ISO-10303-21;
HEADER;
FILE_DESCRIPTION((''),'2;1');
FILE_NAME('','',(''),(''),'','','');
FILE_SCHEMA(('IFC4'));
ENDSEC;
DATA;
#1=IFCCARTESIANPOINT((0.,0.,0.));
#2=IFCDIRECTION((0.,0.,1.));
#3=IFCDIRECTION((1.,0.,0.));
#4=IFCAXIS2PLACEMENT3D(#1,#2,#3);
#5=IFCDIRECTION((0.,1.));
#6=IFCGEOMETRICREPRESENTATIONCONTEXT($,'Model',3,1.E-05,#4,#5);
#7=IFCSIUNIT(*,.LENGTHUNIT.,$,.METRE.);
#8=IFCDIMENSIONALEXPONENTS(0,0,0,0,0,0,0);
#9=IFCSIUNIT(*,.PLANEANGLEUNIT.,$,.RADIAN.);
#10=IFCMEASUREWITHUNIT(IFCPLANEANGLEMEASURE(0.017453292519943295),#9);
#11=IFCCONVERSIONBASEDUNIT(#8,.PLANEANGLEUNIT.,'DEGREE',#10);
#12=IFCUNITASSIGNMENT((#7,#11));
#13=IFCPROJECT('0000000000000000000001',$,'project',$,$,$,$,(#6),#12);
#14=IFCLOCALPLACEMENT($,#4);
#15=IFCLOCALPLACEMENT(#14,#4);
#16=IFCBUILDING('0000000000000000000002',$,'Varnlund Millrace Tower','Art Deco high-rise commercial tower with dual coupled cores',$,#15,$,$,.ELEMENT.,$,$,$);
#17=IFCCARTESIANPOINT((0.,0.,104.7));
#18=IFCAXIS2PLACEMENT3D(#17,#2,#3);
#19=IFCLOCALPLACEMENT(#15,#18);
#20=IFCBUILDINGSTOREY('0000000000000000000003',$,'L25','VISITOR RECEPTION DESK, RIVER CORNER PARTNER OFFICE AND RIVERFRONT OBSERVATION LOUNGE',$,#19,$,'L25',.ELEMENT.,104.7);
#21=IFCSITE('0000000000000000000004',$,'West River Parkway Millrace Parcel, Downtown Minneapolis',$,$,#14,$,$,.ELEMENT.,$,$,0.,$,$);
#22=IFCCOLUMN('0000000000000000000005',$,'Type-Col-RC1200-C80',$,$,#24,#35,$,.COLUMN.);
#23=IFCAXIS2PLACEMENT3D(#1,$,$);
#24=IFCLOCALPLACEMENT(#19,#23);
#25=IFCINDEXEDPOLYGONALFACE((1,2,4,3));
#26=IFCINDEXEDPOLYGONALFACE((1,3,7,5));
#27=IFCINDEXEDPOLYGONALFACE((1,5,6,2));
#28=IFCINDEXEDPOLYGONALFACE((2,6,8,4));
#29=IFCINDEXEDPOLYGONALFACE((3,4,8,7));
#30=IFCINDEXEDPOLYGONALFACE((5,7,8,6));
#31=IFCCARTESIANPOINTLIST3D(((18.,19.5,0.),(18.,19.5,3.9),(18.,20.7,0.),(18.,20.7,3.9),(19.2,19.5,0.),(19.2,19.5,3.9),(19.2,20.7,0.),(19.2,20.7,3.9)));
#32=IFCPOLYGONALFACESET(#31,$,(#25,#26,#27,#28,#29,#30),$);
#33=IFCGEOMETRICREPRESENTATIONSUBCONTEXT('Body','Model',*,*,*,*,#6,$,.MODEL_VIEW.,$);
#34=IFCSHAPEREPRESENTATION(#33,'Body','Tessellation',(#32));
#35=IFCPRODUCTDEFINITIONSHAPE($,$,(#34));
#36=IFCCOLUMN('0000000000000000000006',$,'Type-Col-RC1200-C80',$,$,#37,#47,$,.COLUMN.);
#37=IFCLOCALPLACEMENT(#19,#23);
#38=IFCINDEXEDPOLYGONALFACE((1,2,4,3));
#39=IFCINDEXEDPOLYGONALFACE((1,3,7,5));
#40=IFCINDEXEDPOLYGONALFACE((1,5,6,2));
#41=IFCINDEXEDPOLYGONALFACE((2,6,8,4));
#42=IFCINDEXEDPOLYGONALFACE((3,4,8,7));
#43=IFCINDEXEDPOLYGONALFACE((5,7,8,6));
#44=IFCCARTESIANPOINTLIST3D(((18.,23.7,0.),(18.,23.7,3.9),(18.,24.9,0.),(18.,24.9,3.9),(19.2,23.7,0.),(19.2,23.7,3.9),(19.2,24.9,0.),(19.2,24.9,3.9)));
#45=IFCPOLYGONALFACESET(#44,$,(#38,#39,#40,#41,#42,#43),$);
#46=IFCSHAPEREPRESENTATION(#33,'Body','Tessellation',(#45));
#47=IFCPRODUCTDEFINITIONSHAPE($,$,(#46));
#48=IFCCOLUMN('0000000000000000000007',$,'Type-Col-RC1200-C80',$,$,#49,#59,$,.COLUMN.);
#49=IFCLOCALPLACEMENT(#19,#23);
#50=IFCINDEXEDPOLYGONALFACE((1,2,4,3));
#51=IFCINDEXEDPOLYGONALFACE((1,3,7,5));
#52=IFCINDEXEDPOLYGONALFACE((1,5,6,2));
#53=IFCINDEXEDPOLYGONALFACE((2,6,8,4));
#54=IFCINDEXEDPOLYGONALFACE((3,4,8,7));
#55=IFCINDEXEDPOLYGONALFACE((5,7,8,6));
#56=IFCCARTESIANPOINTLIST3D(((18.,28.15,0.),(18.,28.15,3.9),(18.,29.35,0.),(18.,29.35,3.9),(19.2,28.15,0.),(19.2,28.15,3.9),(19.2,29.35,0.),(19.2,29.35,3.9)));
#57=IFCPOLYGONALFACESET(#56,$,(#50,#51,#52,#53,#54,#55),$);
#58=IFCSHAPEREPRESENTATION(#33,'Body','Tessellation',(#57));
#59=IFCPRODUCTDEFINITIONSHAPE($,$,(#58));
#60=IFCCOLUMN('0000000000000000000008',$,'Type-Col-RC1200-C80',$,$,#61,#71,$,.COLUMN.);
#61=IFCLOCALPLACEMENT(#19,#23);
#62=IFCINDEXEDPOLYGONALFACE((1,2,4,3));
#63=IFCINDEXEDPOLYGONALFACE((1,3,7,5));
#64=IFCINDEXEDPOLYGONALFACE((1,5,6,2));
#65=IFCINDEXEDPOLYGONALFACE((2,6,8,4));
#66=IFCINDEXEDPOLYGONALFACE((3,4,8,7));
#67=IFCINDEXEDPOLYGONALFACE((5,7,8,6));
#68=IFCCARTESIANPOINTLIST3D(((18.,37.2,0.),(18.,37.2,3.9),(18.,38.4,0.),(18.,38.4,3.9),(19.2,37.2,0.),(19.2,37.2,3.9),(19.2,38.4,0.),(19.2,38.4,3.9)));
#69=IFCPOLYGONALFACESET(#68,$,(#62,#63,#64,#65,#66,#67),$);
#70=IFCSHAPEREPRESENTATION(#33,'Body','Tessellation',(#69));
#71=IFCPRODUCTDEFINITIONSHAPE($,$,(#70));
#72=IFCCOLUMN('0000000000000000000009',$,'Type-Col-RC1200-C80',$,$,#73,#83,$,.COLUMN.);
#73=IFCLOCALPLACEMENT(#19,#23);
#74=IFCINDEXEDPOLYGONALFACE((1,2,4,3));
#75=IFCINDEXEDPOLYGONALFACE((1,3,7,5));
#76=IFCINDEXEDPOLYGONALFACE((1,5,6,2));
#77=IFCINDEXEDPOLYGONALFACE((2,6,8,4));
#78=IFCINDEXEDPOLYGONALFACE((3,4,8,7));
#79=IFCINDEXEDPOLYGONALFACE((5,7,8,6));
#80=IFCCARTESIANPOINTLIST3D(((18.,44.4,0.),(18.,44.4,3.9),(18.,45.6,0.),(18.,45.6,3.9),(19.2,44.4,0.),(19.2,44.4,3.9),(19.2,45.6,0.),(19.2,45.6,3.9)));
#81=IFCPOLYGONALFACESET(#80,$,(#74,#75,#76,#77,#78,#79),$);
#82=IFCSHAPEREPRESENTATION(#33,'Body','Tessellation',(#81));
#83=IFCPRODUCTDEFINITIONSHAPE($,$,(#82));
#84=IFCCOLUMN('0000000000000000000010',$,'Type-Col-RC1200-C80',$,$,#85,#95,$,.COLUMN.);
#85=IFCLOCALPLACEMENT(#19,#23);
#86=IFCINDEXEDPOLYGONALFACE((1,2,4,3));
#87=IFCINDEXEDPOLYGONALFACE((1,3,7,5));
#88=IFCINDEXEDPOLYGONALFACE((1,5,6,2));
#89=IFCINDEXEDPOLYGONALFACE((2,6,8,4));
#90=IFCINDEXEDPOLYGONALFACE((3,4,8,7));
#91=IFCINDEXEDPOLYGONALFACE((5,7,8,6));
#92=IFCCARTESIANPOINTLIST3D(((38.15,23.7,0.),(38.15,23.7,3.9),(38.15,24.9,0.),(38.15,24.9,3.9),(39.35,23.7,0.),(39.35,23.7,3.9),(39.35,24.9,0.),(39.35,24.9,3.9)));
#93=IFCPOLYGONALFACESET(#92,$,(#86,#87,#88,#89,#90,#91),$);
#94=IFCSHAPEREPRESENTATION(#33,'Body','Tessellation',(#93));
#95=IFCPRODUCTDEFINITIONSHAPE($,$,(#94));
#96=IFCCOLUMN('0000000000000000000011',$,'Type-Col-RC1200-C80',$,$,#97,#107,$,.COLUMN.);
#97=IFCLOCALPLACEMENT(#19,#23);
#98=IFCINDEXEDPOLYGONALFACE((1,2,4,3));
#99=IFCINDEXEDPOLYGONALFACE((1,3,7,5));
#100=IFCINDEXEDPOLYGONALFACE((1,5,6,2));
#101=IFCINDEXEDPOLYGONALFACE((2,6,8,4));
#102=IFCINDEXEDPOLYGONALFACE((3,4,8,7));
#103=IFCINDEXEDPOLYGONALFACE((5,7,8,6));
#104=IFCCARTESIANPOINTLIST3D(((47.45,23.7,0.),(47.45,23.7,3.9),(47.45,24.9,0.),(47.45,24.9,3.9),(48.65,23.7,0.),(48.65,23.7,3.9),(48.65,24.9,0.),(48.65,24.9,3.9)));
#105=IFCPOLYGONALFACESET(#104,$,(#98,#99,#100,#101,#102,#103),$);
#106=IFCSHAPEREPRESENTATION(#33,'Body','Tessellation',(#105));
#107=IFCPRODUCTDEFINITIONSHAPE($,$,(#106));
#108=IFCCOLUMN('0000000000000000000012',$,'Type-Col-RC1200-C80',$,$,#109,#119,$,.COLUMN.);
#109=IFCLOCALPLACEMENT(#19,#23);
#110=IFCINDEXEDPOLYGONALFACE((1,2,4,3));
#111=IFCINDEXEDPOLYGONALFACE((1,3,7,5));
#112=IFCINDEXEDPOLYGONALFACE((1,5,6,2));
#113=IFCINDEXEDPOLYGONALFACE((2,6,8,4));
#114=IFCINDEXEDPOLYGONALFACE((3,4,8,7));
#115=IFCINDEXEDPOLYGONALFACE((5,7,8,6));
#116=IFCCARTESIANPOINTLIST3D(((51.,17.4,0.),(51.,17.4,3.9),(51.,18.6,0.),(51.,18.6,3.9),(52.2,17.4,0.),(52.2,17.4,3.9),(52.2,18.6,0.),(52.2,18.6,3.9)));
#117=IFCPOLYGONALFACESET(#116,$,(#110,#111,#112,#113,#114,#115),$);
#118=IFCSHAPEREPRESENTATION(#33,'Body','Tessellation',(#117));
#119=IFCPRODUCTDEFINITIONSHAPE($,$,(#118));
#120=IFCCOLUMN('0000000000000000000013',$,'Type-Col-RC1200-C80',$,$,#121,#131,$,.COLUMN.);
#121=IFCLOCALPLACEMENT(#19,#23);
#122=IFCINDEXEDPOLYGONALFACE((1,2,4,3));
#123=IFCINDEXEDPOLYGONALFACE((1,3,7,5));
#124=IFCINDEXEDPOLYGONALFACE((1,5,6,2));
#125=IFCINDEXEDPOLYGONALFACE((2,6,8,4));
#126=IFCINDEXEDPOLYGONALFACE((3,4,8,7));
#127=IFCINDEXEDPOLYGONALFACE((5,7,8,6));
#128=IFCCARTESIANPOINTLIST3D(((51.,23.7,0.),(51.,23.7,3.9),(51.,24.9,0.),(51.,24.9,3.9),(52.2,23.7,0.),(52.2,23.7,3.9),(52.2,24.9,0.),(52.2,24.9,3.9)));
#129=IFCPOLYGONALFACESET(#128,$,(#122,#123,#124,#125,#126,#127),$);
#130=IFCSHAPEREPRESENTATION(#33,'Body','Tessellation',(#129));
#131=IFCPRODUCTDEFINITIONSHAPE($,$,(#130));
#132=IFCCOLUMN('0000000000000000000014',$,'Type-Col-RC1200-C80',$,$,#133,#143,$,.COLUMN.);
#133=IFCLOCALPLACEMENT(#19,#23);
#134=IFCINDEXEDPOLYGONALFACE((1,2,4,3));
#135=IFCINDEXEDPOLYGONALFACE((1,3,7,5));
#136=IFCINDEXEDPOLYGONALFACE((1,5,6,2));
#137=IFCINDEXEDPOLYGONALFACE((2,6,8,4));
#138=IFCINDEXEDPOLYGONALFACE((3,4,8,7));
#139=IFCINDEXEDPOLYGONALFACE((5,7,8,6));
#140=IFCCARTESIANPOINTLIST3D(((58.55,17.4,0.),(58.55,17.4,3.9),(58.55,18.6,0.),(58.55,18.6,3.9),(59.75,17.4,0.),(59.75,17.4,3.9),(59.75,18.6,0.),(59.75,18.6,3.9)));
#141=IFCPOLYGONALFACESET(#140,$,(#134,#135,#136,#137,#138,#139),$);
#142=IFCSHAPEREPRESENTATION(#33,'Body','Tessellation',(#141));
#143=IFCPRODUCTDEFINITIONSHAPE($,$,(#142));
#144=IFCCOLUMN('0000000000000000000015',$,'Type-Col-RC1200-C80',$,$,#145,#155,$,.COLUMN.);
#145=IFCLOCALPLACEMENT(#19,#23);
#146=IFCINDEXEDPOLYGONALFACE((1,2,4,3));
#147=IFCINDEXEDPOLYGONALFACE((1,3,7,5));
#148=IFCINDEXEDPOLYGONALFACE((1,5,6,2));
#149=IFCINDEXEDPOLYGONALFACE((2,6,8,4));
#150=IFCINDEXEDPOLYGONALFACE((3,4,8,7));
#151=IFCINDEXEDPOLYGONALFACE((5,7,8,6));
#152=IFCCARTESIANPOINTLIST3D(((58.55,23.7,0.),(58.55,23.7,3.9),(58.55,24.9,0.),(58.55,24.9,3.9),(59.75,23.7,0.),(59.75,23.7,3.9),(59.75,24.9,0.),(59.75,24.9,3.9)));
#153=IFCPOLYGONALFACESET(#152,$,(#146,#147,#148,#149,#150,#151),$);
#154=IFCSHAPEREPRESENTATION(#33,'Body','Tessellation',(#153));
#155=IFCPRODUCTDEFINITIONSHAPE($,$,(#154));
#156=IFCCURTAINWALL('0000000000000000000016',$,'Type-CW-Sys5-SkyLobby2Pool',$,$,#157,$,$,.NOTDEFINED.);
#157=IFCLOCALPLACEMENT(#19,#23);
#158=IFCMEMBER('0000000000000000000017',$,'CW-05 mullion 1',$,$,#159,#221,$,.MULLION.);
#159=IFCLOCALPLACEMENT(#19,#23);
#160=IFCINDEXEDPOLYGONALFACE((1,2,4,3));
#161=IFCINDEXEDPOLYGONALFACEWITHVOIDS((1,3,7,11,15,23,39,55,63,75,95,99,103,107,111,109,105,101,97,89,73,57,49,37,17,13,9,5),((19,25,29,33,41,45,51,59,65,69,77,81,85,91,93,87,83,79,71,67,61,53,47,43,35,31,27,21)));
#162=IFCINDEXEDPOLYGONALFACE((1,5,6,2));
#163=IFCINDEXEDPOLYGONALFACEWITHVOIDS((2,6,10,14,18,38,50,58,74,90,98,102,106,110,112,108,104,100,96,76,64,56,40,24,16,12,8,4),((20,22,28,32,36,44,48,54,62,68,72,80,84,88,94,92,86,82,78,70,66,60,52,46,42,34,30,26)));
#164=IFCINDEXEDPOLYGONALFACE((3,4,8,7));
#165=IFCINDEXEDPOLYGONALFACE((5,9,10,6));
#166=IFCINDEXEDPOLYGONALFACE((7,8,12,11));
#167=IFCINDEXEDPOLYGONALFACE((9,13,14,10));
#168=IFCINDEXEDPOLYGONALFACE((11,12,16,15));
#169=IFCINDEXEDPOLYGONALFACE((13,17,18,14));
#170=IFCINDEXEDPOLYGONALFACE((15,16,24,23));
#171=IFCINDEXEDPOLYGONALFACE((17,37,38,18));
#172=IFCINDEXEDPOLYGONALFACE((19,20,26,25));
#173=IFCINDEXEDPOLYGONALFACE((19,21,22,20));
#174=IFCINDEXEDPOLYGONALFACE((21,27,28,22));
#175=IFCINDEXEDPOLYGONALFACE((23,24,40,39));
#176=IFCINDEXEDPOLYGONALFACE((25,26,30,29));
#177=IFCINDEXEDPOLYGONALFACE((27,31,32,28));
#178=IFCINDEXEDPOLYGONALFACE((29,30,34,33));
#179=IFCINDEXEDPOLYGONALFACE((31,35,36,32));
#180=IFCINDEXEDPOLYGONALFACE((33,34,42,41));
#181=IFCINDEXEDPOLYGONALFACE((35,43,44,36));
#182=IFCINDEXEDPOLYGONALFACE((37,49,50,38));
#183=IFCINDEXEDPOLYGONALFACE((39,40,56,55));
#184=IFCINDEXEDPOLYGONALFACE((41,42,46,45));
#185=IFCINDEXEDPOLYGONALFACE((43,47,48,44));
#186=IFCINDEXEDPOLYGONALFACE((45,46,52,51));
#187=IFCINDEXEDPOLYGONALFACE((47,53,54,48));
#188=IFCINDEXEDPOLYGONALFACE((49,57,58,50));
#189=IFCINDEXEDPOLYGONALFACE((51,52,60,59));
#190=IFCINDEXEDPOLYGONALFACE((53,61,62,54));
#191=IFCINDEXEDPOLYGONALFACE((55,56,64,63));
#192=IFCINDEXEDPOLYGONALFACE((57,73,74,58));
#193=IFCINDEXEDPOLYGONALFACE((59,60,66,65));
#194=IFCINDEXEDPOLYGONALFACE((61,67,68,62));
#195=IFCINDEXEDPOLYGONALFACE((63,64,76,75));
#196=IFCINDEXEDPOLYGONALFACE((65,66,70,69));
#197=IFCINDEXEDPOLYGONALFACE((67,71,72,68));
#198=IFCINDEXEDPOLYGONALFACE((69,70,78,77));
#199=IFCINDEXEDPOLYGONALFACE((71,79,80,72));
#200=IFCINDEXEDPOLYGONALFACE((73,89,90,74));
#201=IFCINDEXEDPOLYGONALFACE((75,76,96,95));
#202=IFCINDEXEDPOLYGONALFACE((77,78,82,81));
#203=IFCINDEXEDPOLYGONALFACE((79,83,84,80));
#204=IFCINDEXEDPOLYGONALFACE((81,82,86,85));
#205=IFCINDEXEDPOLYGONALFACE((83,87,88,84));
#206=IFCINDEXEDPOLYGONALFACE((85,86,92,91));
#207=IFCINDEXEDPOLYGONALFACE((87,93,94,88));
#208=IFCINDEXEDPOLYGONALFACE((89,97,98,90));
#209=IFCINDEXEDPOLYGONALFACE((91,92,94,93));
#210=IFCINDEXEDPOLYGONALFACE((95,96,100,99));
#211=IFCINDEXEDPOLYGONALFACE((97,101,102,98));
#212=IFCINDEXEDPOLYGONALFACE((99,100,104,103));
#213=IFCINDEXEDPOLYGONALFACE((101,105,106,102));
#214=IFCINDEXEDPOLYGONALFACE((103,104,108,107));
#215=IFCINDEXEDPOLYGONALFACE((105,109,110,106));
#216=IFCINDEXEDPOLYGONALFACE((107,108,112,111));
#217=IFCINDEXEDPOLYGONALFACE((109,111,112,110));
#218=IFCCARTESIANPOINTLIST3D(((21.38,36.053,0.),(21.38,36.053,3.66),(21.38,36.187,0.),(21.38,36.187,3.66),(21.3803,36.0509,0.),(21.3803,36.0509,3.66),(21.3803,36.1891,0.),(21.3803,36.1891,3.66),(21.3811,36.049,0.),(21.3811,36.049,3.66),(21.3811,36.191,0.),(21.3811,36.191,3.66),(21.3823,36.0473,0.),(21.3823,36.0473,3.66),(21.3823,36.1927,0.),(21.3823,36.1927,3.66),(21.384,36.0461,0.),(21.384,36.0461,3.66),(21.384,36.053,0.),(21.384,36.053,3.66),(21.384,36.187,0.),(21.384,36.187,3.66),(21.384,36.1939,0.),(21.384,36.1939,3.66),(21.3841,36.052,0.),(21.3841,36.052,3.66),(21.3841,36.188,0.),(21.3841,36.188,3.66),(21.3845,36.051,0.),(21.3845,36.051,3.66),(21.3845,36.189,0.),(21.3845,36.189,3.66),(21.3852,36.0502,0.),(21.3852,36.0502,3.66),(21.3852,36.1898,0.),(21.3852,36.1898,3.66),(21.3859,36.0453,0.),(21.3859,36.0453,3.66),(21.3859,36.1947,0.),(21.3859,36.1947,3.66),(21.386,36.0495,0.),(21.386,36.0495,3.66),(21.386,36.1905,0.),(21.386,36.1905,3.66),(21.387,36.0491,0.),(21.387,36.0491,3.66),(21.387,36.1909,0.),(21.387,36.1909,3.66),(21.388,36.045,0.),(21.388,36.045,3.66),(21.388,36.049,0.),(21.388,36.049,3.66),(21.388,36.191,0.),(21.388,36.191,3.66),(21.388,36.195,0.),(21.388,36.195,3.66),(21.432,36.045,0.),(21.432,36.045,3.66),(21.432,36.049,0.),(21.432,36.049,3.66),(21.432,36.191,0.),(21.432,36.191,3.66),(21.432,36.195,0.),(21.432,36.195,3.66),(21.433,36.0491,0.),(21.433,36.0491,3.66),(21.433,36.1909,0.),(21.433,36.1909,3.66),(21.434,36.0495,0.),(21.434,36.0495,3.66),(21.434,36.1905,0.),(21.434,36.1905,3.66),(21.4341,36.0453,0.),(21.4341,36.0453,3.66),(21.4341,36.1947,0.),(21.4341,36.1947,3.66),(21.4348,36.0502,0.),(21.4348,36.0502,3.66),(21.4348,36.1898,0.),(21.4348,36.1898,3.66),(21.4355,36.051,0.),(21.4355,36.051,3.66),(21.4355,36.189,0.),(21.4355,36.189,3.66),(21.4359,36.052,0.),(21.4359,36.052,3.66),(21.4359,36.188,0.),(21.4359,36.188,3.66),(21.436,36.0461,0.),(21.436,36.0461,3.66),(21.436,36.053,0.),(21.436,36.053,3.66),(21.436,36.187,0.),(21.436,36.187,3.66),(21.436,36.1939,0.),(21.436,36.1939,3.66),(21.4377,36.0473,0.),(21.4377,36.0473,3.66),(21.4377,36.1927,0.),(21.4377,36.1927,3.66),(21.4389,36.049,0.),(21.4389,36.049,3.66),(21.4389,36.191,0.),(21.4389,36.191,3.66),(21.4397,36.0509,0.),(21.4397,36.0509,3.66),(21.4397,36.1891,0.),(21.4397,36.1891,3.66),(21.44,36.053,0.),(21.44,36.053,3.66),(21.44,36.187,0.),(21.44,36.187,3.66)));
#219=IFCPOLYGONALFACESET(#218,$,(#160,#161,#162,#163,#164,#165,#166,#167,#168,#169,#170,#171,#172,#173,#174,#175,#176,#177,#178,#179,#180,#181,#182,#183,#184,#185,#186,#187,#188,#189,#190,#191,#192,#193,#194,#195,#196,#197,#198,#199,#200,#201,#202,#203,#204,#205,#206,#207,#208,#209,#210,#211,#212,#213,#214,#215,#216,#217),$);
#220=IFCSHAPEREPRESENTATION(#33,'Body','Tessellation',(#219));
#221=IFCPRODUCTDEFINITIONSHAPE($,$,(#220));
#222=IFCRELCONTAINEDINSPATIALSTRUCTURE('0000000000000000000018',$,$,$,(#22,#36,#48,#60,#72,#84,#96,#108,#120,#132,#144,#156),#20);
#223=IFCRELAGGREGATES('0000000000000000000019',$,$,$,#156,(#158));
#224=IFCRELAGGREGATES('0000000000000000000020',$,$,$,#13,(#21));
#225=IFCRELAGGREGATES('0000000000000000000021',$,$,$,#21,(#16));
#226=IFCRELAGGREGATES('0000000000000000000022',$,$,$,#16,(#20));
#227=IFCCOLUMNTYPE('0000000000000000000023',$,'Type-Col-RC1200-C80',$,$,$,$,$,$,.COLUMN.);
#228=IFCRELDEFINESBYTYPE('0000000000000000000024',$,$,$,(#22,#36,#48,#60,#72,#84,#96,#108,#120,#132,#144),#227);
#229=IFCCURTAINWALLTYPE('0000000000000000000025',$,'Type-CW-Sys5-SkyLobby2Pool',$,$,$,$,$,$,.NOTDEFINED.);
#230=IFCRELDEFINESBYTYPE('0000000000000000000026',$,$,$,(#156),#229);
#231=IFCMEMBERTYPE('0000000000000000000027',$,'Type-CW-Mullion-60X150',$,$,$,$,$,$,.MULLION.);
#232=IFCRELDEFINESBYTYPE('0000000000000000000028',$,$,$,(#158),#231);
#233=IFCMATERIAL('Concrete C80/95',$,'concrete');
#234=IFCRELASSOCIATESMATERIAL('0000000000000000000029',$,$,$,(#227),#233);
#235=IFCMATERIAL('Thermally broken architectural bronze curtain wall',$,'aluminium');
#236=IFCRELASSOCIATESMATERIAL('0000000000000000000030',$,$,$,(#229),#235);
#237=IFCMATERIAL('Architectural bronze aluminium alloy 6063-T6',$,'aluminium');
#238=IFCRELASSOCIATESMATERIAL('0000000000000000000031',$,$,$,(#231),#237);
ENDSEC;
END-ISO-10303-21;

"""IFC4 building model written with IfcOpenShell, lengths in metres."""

from ifc_helpers import new_model, entity, si_unit, converted_unit, direction, frame, origin_with_axes, origin_2d_with_axis, place, context, subcontext, project, spatial, rectangle, hollow_rectangle, extrude, material, material_profile, profile_set, type_object, element, aggregate, save


model = new_model("IFC4")

# Units and contexts
model_context = context("Model", 3, precision=1e-05, world=origin_with_axes(), true_north=direction((0.0, 1.0)))
body_context = subcontext(model_context, "Body", "Model", "MODEL_VIEW")
ifc_project = project(units=[si_unit("LENGTHUNIT", "METRE"), converted_unit("PLANEANGLEUNIT", "DEGREE", entity("IfcPlaneAngleMeasure", 0.017453292519943295), si_unit("PLANEANGLEUNIT", "RADIAN"), dimensions=[0, 0, 0, 0, 0, 0, 0])], contexts=[model_context])

# Site, building, storey
site_placement = place(None, origin_with_axes())
site = spatial("IfcSite", under=ifc_project, at=site_placement, Name="West River Parkway Millrace Parcel, Downtown Minneapolis", CompositionType="ELEMENT", RefElevation=0.0)
building_placement = place(site_placement, origin_with_axes())
building = spatial("IfcBuilding", under=site, at=building_placement, Name="Varnlund Millrace Tower", Description="Art Deco high-rise commercial tower with dual coupled cores", CompositionType="ELEMENT")
storey_placement = place(building_placement, frame((0.0, 0.0, 104.7), z_axis=(0.0, 0.0, 1.0), x_axis=(1.0, 0.0, 0.0)))
storey = spatial("IfcBuildingStorey", under=building, at=storey_placement, Name="L25", Description="VISITOR RECEPTION DESK, RIVER CORNER PARTNER OFFICE AND RIVERFRONT OBSERVATION LOUNGE", LongName="L25", CompositionType="ELEMENT", Elevation=104.7)

# Columns
ifc_material_1 = material(Name="Concrete C80/95", Category="concrete")
ifc_material_profile_1 = material_profile(ifc_material_1, rectangle(XDim=1.2, YDim=1.2, at=origin_2d_with_axis()), Name="Concrete C80/95")
ifc_profile_set_1 = profile_set([ifc_material_profile_1], Name="Concrete C80/95")
column_type = type_object("IfcColumnType", Name="Type-Col-RC1200-C80", PredefinedType="COLUMN", material=ifc_profile_set_1)
for number, where, z_axis, x_axis, name in (
    (1, (18.6, 20.1, 0.0), (0.0, 0.0, 1.0), (1.0, 0.0, 0.0), "Type-Col-RC1200-C80"),
    (2, (18.6, 24.3, 0.0), (0.0, 0.0, 1.0), (1.0, 0.0, 0.0), "Type-Col-RC1200-C80"),
    (3, (18.6, 28.75, 0.0), (0.0, 0.0, 1.0), (1.0, 0.0, 0.0), "Type-Col-RC1200-C80"),
    (4, (18.6, 37.8, 0.0), (0.0, 0.0, 1.0), (1.0, 0.0, 0.0), "Type-Col-RC1200-C80"),
    (5, (18.6, 45.0, 0.0), (0.0, 0.0, 1.0), (1.0, 0.0, 0.0), "Type-Col-RC1200-C80"),
    (6, (38.75, 24.3, 0.0), (0.0, 0.0, 1.0), (1.0, 0.0, 0.0), "Type-Col-RC1200-C80"),
    (7, (48.05, 24.3, 0.0), (0.0, 0.0, 1.0), (1.0, 0.0, 0.0), "Type-Col-RC1200-C80"),
    (8, (51.6, 18.0, 0.0), (0.0, 0.0, 1.0), (1.0, 0.0, 0.0), "Type-Col-RC1200-C80"),
    (9, (51.6, 24.3, 0.0), (0.0, 0.0, 1.0), (1.0, 0.0, 0.0), "Type-Col-RC1200-C80"),
    (10, (59.15, 18.0, 0.0), (0.0, 0.0, 1.0), (1.0, 0.0, 0.0), "Type-Col-RC1200-C80"),
    (11, (59.15, 24.3, 0.0), (0.0, 0.0, 1.0), (1.0, 0.0, 0.0), "Type-Col-RC1200-C80"),
):
    element("IfcColumn", number, at=place(storey_placement, frame(where, z_axis=z_axis, x_axis=x_axis)), inside=storey, type_object=column_type, Name=name, PredefinedType="COLUMN", context=body_context, shape_type="SweptSolid", body=[
        extrude(rectangle(XDim=1.2, YDim=1.2, at=origin_2d_with_axis()), origin_with_axes(), (0.0, 0.0, 1.0), 3.9),
    ])

# Curtain wall, member
ifc_material_2 = material(Name="Thermally broken architectural bronze curtain wall", Category="aluminium")
curtain_wall_type = type_object("IfcCurtainWallType", Name="Type-CW-Sys5-SkyLobby2Pool", PredefinedType="NOTDEFINED", material=ifc_material_2)
curtain_wall_placement = place(storey_placement, frame((21.41, 36.15, 0.0), z_axis=(0.0, 0.0, 1.0), x_axis=(1.0, 0.0, 0.0)))
curtain_wall = element("IfcCurtainWall", 12, at=curtain_wall_placement, inside=storey, type_object=curtain_wall_type, Name="Type-CW-Sys5-SkyLobby2Pool", PredefinedType="NOTDEFINED")
ifc_material_3 = material(Name="Architectural bronze aluminium alloy 6063-T6", Category="aluminium")
ifc_material_profile_2 = material_profile(ifc_material_3, hollow_rectangle(XDim=0.06, YDim=0.15, WallThickness=0.004, InnerFilletRadius=0.004, OuterFilletRadius=0.008, at=origin_2d_with_axis()), Name="Architectural bronze aluminium alloy 6063-T6")
ifc_profile_set_2 = profile_set([ifc_material_profile_2], Name="Architectural bronze aluminium alloy 6063-T6")
member_type = type_object("IfcMemberType", Name="Type-CW-Mullion-60X150", PredefinedType="MULLION", material=ifc_profile_set_2)
member_1_placement = place(storey_placement, frame((21.41, 36.12, 0.0), z_axis=(0.0, 0.0, 1.0), x_axis=(1.0, 0.0, 0.0)))
member_1 = element("IfcMember", 13, at=member_1_placement, type_object=member_type, Name="CW-05 mullion 1", PredefinedType="MULLION", context=body_context, shape_type="SweptSolid", body=[
    extrude(hollow_rectangle(XDim=0.06, YDim=0.15, WallThickness=0.004, InnerFilletRadius=0.004, OuterFilletRadius=0.008, at=origin_2d_with_axis()), origin_with_axes(), (0.0, 0.0, 1.0), 3.66),
])
aggregate(curtain_wall, [member_1])

save(model, "model.ifc")
